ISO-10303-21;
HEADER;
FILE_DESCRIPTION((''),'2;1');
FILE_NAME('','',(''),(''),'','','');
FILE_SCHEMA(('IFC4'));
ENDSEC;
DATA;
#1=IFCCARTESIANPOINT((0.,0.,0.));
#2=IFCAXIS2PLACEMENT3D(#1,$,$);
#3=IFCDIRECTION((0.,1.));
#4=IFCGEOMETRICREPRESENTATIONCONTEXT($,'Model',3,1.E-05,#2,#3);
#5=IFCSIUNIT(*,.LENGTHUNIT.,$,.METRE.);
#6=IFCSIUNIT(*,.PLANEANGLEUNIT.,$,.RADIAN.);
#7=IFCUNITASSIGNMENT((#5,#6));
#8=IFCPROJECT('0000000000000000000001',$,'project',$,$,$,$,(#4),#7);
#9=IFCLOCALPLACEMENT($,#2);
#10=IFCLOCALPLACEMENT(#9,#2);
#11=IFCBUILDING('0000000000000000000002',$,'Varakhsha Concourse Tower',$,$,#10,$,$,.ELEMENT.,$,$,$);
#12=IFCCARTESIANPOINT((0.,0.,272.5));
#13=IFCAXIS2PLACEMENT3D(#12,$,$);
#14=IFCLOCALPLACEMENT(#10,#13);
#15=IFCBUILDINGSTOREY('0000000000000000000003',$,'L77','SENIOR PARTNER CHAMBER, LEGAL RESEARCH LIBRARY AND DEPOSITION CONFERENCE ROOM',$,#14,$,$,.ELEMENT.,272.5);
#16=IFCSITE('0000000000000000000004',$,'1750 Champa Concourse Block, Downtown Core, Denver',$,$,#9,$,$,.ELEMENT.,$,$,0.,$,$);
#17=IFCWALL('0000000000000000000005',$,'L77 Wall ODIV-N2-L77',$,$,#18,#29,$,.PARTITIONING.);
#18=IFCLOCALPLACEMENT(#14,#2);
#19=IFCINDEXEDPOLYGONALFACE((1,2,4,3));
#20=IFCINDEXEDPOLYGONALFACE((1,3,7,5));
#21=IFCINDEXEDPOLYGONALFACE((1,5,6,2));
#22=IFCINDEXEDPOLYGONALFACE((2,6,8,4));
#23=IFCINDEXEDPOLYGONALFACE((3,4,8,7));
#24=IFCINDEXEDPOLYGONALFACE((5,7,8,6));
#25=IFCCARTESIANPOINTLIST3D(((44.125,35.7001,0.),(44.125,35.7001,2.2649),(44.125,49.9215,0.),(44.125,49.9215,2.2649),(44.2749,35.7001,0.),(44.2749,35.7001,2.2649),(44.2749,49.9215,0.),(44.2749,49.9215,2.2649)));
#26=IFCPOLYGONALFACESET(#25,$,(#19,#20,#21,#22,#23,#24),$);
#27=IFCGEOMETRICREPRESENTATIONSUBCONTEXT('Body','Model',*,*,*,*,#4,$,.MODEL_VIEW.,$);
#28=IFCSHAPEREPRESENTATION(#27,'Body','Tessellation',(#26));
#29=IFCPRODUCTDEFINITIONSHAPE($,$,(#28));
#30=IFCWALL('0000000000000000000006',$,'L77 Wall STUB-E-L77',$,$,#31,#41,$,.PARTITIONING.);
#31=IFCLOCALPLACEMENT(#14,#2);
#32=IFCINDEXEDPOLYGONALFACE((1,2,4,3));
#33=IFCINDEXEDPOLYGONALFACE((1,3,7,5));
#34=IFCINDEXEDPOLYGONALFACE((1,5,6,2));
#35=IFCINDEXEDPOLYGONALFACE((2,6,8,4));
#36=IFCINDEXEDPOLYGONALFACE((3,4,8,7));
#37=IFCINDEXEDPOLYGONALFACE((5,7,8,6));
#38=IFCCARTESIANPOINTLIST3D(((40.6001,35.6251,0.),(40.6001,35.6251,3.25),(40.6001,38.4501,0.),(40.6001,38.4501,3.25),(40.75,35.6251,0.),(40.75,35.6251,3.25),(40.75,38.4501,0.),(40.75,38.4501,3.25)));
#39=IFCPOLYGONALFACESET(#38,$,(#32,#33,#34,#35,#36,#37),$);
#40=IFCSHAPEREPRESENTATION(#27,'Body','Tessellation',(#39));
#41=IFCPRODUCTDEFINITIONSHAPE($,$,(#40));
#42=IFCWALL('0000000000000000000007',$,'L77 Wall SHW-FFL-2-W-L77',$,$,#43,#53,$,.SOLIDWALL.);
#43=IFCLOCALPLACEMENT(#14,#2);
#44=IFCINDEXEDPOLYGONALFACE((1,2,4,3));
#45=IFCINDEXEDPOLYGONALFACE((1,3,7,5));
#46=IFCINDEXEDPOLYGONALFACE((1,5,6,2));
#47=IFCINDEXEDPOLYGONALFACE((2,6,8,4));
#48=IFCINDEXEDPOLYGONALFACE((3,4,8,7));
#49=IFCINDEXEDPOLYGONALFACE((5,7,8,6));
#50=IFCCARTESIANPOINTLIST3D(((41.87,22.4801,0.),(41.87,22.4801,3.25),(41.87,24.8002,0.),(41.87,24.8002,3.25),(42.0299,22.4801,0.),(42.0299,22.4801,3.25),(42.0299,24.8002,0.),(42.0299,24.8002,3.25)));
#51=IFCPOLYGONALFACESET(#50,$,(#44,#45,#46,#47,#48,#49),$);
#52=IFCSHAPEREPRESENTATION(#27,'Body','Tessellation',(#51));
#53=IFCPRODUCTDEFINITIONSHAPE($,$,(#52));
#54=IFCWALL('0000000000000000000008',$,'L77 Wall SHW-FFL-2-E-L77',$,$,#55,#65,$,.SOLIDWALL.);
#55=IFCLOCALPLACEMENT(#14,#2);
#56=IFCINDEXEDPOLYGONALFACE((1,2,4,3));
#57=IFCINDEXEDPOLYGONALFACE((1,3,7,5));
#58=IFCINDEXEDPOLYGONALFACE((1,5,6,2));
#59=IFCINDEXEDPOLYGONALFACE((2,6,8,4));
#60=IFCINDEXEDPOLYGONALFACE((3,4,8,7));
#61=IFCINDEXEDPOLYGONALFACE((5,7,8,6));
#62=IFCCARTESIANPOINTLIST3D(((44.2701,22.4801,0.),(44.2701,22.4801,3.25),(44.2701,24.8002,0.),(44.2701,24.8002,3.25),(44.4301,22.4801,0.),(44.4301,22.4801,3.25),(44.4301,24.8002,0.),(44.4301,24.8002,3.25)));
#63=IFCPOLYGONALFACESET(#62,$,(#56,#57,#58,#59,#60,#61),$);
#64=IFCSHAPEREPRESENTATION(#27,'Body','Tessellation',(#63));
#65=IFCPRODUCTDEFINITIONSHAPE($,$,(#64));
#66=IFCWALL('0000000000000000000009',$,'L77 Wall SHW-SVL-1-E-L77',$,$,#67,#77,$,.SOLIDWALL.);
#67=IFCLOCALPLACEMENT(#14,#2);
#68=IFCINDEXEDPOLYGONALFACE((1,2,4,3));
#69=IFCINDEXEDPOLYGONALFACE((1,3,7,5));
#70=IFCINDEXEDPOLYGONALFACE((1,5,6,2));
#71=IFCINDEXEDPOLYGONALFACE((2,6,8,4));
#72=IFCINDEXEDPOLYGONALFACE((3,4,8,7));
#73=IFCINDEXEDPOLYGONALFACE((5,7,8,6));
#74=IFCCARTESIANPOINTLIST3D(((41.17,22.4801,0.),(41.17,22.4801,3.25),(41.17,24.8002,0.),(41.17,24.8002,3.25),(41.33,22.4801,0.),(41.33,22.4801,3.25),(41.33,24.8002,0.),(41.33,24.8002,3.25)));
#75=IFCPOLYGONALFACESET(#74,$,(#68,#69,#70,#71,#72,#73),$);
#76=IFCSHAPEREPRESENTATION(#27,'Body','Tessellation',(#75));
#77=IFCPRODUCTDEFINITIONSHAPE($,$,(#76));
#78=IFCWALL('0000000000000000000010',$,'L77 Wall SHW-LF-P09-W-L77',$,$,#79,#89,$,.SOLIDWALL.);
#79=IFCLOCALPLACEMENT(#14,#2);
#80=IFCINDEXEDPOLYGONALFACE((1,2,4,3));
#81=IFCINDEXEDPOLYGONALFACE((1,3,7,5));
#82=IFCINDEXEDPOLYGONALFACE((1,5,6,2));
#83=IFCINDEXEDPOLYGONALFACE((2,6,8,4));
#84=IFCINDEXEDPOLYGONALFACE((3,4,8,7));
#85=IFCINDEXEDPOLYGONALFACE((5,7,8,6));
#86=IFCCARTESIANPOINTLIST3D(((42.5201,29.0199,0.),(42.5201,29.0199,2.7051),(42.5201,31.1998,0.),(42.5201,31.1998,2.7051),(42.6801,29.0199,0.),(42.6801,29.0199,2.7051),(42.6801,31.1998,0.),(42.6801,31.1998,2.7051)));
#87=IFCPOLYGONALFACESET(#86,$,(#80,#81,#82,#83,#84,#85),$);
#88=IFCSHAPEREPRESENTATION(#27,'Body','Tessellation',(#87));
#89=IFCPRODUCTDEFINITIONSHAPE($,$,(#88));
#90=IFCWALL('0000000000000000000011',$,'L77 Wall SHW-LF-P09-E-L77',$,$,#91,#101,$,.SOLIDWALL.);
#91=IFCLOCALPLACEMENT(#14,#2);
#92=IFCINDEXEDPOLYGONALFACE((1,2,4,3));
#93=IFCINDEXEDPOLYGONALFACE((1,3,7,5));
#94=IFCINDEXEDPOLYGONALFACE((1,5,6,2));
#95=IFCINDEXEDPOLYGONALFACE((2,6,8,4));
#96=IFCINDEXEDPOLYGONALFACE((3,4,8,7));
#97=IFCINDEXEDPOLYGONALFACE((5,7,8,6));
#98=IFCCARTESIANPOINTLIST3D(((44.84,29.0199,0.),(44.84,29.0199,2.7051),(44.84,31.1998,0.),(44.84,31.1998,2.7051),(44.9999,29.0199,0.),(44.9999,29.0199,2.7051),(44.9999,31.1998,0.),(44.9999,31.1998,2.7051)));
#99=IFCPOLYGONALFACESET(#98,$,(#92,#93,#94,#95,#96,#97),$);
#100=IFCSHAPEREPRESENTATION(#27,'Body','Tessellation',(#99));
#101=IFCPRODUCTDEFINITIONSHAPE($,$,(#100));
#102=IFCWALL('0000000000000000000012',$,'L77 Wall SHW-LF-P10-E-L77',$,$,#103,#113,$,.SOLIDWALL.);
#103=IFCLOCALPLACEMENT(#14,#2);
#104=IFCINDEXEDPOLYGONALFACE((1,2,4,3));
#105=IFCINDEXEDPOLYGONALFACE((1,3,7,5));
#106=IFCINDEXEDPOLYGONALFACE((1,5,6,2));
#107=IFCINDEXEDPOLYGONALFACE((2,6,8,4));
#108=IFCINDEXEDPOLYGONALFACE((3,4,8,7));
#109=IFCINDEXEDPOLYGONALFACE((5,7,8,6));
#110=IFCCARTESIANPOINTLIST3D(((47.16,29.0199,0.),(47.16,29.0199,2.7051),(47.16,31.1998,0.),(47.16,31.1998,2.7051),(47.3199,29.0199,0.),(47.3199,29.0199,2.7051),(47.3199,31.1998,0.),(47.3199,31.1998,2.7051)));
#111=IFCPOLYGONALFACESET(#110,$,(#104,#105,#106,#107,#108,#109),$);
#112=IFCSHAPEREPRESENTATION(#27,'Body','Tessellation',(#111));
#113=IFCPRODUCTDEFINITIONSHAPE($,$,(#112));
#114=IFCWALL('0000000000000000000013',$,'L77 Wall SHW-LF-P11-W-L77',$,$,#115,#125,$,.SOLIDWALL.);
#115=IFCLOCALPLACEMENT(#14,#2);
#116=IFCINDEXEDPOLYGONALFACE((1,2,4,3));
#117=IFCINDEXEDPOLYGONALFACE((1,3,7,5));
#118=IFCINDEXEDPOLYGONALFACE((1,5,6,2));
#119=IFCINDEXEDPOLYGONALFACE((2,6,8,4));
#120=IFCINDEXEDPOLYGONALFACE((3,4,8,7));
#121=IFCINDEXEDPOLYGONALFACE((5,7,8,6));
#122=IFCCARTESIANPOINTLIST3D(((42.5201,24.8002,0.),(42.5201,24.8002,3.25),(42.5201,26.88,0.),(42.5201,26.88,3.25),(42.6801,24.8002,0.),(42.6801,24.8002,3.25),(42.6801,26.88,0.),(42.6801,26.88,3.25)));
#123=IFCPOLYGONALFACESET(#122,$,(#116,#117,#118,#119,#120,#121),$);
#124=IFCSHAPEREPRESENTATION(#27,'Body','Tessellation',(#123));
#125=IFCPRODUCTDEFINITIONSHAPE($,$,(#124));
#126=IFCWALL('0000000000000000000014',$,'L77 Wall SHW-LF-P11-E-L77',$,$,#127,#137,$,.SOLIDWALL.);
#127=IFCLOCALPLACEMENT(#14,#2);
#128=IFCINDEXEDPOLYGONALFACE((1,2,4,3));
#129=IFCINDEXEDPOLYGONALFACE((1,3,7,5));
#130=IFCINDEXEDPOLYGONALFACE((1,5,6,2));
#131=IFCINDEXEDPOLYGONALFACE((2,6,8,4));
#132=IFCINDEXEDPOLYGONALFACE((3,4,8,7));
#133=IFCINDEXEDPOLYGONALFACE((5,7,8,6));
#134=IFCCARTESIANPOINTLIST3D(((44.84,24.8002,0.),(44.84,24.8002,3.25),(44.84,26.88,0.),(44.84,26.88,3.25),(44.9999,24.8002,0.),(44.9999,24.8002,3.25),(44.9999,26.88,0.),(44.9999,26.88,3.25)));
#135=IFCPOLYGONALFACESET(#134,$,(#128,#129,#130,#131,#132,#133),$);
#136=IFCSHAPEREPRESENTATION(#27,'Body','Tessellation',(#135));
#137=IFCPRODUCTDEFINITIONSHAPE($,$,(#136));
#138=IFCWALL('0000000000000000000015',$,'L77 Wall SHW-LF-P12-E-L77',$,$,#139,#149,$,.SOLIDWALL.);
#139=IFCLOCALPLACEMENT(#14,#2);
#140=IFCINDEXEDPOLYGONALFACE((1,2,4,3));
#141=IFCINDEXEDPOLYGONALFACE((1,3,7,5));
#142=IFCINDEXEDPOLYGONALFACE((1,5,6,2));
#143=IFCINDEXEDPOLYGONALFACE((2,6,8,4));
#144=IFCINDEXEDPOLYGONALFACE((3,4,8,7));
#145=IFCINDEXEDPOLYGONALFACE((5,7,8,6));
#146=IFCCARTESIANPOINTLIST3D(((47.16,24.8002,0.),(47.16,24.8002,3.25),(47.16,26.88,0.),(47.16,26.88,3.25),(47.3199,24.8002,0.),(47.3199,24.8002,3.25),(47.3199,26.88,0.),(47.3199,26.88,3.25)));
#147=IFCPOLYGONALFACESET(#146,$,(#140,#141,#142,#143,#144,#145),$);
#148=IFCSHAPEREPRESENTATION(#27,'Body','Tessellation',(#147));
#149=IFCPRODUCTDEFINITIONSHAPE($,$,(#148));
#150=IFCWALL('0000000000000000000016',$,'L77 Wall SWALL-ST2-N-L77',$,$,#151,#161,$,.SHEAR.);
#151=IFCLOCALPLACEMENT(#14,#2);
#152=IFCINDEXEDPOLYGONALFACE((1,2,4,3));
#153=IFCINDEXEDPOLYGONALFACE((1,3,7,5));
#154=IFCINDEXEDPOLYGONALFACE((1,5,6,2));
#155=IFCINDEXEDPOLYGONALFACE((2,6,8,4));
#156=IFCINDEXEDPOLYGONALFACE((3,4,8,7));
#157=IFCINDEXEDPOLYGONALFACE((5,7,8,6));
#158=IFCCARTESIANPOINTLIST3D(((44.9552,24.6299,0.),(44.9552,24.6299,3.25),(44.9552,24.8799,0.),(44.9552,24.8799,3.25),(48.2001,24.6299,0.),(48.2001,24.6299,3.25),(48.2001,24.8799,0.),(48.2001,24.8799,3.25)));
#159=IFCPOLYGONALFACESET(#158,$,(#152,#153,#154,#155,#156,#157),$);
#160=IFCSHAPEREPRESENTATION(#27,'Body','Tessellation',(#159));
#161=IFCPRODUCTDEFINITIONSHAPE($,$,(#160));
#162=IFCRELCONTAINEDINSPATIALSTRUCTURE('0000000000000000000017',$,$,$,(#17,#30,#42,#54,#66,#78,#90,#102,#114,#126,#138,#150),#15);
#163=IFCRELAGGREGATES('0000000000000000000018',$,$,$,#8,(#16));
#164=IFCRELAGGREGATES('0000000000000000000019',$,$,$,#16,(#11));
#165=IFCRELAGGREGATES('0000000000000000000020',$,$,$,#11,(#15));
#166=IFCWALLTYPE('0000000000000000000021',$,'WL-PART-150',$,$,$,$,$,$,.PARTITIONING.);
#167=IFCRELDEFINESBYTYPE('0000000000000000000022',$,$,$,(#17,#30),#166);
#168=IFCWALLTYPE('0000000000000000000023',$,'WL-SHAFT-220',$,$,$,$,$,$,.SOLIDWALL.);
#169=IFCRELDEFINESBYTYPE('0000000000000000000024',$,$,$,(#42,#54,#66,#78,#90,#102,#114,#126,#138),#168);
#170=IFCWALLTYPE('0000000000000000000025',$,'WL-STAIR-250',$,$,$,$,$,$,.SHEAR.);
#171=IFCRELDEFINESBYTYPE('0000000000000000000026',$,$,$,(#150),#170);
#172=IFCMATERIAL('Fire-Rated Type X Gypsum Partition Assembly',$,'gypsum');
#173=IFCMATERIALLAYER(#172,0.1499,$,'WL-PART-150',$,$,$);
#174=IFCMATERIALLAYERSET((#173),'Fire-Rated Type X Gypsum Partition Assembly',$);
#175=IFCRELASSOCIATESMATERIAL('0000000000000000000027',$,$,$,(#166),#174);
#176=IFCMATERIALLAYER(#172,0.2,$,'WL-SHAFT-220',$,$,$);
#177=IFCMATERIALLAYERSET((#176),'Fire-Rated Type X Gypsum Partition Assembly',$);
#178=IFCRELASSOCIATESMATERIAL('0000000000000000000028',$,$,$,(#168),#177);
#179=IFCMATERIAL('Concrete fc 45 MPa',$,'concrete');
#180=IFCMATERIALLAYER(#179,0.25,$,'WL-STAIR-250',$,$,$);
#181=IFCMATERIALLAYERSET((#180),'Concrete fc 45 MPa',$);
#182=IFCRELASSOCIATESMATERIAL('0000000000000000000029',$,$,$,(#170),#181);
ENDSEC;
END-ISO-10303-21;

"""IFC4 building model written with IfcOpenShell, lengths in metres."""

from ifc_helpers import new_model, si_unit, direction, frame, frame_2d, origin, place, context, subcontext, project, spatial, rectangle, extrude, material, layer, layer_set, type_object, element, save


model = new_model("IFC4")

# Units and contexts
model_context = context("Model", 3, precision=1e-05, world=origin(), true_north=direction((0.0, 1.0)))
body_context = subcontext(model_context, "Body", "Model", "MODEL_VIEW")
ifc_project = project(units=[si_unit("LENGTHUNIT", "METRE"), si_unit("PLANEANGLEUNIT", "RADIAN")], contexts=[model_context])

# Site, building, storey
site_placement = place(None, origin())
site = spatial("IfcSite", under=ifc_project, at=site_placement, Name="1750 Champa Concourse Block, Downtown Core, Denver", CompositionType="ELEMENT", RefElevation=0.0)
building_placement = place(site_placement, origin())
building = spatial("IfcBuilding", under=site, at=building_placement, Name="Varakhsha Concourse Tower", CompositionType="ELEMENT")
storey_placement = place(building_placement, frame((0.0, 0.0, 272.5)))
storey = spatial("IfcBuildingStorey", under=building, at=storey_placement, Name="L77", Description="SENIOR PARTNER CHAMBER, LEGAL RESEARCH LIBRARY AND DEPOSITION CONFERENCE ROOM", CompositionType="ELEMENT", Elevation=272.5)

# Shared definitions
ifc_material_1 = material(Name="Fire-Rated Type X Gypsum Partition Assembly", Category="gypsum")
ifc_layer_1 = layer(ifc_material_1, 0.1499, Name="WL-PART-150")
ifc_layer_set_1 = layer_set([ifc_layer_1], Name="Fire-Rated Type X Gypsum Partition Assembly")
wall_type_1 = type_object("IfcWallType", Name="WL-PART-150", PredefinedType="PARTITIONING", material=ifc_layer_set_1)

# Walls
wall_1_placement = place(storey_placement, frame((44.2, 35.7, 0.0), z_axis=(0.0, 0.0, 1.0), x_axis=(0.0, 1.0, 0.0)))
element("IfcWall", 1, at=wall_1_placement, inside=storey, type_object=wall_type_1, Name="L77 Wall ODIV-N2-L77", PredefinedType="PARTITIONING", context=body_context, shape_type="SweptSolid", body=[
    extrude(rectangle(XDim=14.2214, YDim=0.1499, at=frame_2d((7.1108, 0.0))), origin(), (0.0, 0.0, 1.0), 2.2649),
])
wall_2_placement = place(storey_placement, frame((40.675, 35.625, 0.0), z_axis=(0.0, 0.0, 1.0), x_axis=(0.0, 1.0, 0.0)))
element("IfcWall", 2, at=wall_2_placement, inside=storey, type_object=wall_type_1, Name="L77 Wall STUB-E-L77", PredefinedType="PARTITIONING", context=body_context, shape_type="SweptSolid", body=[
    extrude(rectangle(XDim=2.825, YDim=0.1499, at=frame_2d((1.4126, 0.0))), origin(), (0.0, 0.0, 1.0), 3.25),
])
ifc_layer_2 = layer(ifc_material_1, 0.2, Name="WL-SHAFT-220")
ifc_layer_set_2 = layer_set([ifc_layer_2], Name="Fire-Rated Type X Gypsum Partition Assembly")
wall_type_2 = type_object("IfcWallType", Name="WL-SHAFT-220", PredefinedType="SOLIDWALL", material=ifc_layer_set_2)
for number, where, z_axis, x_axis, name in (
    (3, (41.95, 22.48, 0.0), (0.0, 0.0, 1.0), (0.0, 1.0, 0.0), "L77 Wall SHW-FFL-2-W-L77"),
    (4, (44.3501, 22.48, 0.0), (0.0, 0.0, 1.0), (0.0, 1.0, 0.0), "L77 Wall SHW-FFL-2-E-L77"),
    (5, (41.25, 22.48, 0.0), (0.0, 0.0, 1.0), (0.0, 1.0, 0.0), "L77 Wall SHW-SVL-1-E-L77"),
):
    element("IfcWall", number, at=place(storey_placement, frame(where, z_axis=z_axis, x_axis=x_axis)), inside=storey, type_object=wall_type_2, Name=name, PredefinedType="SOLIDWALL", context=body_context, shape_type="SweptSolid", body=[
        extrude(rectangle(XDim=2.3201, YDim=0.1599, at=frame_2d((1.1602, 0.0))), origin(), (0.0, 0.0, 1.0), 3.25),
    ])
for number, where, z_axis, x_axis, name in (
    (6, (42.6001, 29.02, 0.0), (0.0, 0.0, 1.0), (0.0, 1.0, 0.0), "L77 Wall SHW-LF-P09-W-L77"),
    (7, (44.9199, 29.02, 0.0), (0.0, 0.0, 1.0), (0.0, 1.0, 0.0), "L77 Wall SHW-LF-P09-E-L77"),
    (8, (47.24, 29.02, 0.0), (0.0, 0.0, 1.0), (0.0, 1.0, 0.0), "L77 Wall SHW-LF-P10-E-L77"),
):
    element("IfcWall", number, at=place(storey_placement, frame(where, z_axis=z_axis, x_axis=x_axis)), inside=storey, type_object=wall_type_2, Name=name, PredefinedType="SOLIDWALL", context=body_context, shape_type="SweptSolid", body=[
        extrude(rectangle(XDim=2.1799, YDim=0.1599, at=frame_2d((1.0898, 0.0))), origin(), (0.0, 0.0, 1.0), 2.7051),
    ])
for number, where, z_axis, x_axis, name in (
    (9, (42.6001, 24.8, 0.0), (0.0, 0.0, 1.0), (0.0, 1.0, 0.0), "L77 Wall SHW-LF-P11-W-L77"),
    (10, (44.9199, 24.8, 0.0), (0.0, 0.0, 1.0), (0.0, 1.0, 0.0), "L77 Wall SHW-LF-P11-E-L77"),
    (11, (47.24, 24.8, 0.0), (0.0, 0.0, 1.0), (0.0, 1.0, 0.0), "L77 Wall SHW-LF-P12-E-L77"),
):
    element("IfcWall", number, at=place(storey_placement, frame(where, z_axis=z_axis, x_axis=x_axis)), inside=storey, type_object=wall_type_2, Name=name, PredefinedType="SOLIDWALL", context=body_context, shape_type="SweptSolid", body=[
        extrude(rectangle(XDim=2.0798, YDim=0.1599, at=frame_2d((1.04, 0.0))), origin(), (0.0, 0.0, 1.0), 3.25),
    ])
ifc_material_2 = material(Name="Concrete fc 45 MPa", Category="concrete")
ifc_layer_3 = layer(ifc_material_2, 0.25, Name="WL-STAIR-250")
ifc_layer_set_3 = layer_set([ifc_layer_3], Name="Concrete fc 45 MPa")
wall_type_3 = type_object("IfcWallType", Name="WL-STAIR-250", PredefinedType="SHEAR", material=ifc_layer_set_3)
wall_3_placement = place(storey_placement, frame((44.9551, 24.7549, 0.0), z_axis=(0.0, 0.0, 1.0), x_axis=(1.0, 0.0, 0.0)))
element("IfcWall", 12, at=wall_3_placement, inside=storey, type_object=wall_type_3, Name="L77 Wall SWALL-ST2-N-L77", PredefinedType="SHEAR", context=body_context, shape_type="SweptSolid", body=[
    extrude(rectangle(XDim=3.2449, YDim=0.25, at=frame_2d((1.6226, 0.0))), origin(), (0.0, 0.0, 1.0), 3.25),
])

save(model, "model.ifc")
